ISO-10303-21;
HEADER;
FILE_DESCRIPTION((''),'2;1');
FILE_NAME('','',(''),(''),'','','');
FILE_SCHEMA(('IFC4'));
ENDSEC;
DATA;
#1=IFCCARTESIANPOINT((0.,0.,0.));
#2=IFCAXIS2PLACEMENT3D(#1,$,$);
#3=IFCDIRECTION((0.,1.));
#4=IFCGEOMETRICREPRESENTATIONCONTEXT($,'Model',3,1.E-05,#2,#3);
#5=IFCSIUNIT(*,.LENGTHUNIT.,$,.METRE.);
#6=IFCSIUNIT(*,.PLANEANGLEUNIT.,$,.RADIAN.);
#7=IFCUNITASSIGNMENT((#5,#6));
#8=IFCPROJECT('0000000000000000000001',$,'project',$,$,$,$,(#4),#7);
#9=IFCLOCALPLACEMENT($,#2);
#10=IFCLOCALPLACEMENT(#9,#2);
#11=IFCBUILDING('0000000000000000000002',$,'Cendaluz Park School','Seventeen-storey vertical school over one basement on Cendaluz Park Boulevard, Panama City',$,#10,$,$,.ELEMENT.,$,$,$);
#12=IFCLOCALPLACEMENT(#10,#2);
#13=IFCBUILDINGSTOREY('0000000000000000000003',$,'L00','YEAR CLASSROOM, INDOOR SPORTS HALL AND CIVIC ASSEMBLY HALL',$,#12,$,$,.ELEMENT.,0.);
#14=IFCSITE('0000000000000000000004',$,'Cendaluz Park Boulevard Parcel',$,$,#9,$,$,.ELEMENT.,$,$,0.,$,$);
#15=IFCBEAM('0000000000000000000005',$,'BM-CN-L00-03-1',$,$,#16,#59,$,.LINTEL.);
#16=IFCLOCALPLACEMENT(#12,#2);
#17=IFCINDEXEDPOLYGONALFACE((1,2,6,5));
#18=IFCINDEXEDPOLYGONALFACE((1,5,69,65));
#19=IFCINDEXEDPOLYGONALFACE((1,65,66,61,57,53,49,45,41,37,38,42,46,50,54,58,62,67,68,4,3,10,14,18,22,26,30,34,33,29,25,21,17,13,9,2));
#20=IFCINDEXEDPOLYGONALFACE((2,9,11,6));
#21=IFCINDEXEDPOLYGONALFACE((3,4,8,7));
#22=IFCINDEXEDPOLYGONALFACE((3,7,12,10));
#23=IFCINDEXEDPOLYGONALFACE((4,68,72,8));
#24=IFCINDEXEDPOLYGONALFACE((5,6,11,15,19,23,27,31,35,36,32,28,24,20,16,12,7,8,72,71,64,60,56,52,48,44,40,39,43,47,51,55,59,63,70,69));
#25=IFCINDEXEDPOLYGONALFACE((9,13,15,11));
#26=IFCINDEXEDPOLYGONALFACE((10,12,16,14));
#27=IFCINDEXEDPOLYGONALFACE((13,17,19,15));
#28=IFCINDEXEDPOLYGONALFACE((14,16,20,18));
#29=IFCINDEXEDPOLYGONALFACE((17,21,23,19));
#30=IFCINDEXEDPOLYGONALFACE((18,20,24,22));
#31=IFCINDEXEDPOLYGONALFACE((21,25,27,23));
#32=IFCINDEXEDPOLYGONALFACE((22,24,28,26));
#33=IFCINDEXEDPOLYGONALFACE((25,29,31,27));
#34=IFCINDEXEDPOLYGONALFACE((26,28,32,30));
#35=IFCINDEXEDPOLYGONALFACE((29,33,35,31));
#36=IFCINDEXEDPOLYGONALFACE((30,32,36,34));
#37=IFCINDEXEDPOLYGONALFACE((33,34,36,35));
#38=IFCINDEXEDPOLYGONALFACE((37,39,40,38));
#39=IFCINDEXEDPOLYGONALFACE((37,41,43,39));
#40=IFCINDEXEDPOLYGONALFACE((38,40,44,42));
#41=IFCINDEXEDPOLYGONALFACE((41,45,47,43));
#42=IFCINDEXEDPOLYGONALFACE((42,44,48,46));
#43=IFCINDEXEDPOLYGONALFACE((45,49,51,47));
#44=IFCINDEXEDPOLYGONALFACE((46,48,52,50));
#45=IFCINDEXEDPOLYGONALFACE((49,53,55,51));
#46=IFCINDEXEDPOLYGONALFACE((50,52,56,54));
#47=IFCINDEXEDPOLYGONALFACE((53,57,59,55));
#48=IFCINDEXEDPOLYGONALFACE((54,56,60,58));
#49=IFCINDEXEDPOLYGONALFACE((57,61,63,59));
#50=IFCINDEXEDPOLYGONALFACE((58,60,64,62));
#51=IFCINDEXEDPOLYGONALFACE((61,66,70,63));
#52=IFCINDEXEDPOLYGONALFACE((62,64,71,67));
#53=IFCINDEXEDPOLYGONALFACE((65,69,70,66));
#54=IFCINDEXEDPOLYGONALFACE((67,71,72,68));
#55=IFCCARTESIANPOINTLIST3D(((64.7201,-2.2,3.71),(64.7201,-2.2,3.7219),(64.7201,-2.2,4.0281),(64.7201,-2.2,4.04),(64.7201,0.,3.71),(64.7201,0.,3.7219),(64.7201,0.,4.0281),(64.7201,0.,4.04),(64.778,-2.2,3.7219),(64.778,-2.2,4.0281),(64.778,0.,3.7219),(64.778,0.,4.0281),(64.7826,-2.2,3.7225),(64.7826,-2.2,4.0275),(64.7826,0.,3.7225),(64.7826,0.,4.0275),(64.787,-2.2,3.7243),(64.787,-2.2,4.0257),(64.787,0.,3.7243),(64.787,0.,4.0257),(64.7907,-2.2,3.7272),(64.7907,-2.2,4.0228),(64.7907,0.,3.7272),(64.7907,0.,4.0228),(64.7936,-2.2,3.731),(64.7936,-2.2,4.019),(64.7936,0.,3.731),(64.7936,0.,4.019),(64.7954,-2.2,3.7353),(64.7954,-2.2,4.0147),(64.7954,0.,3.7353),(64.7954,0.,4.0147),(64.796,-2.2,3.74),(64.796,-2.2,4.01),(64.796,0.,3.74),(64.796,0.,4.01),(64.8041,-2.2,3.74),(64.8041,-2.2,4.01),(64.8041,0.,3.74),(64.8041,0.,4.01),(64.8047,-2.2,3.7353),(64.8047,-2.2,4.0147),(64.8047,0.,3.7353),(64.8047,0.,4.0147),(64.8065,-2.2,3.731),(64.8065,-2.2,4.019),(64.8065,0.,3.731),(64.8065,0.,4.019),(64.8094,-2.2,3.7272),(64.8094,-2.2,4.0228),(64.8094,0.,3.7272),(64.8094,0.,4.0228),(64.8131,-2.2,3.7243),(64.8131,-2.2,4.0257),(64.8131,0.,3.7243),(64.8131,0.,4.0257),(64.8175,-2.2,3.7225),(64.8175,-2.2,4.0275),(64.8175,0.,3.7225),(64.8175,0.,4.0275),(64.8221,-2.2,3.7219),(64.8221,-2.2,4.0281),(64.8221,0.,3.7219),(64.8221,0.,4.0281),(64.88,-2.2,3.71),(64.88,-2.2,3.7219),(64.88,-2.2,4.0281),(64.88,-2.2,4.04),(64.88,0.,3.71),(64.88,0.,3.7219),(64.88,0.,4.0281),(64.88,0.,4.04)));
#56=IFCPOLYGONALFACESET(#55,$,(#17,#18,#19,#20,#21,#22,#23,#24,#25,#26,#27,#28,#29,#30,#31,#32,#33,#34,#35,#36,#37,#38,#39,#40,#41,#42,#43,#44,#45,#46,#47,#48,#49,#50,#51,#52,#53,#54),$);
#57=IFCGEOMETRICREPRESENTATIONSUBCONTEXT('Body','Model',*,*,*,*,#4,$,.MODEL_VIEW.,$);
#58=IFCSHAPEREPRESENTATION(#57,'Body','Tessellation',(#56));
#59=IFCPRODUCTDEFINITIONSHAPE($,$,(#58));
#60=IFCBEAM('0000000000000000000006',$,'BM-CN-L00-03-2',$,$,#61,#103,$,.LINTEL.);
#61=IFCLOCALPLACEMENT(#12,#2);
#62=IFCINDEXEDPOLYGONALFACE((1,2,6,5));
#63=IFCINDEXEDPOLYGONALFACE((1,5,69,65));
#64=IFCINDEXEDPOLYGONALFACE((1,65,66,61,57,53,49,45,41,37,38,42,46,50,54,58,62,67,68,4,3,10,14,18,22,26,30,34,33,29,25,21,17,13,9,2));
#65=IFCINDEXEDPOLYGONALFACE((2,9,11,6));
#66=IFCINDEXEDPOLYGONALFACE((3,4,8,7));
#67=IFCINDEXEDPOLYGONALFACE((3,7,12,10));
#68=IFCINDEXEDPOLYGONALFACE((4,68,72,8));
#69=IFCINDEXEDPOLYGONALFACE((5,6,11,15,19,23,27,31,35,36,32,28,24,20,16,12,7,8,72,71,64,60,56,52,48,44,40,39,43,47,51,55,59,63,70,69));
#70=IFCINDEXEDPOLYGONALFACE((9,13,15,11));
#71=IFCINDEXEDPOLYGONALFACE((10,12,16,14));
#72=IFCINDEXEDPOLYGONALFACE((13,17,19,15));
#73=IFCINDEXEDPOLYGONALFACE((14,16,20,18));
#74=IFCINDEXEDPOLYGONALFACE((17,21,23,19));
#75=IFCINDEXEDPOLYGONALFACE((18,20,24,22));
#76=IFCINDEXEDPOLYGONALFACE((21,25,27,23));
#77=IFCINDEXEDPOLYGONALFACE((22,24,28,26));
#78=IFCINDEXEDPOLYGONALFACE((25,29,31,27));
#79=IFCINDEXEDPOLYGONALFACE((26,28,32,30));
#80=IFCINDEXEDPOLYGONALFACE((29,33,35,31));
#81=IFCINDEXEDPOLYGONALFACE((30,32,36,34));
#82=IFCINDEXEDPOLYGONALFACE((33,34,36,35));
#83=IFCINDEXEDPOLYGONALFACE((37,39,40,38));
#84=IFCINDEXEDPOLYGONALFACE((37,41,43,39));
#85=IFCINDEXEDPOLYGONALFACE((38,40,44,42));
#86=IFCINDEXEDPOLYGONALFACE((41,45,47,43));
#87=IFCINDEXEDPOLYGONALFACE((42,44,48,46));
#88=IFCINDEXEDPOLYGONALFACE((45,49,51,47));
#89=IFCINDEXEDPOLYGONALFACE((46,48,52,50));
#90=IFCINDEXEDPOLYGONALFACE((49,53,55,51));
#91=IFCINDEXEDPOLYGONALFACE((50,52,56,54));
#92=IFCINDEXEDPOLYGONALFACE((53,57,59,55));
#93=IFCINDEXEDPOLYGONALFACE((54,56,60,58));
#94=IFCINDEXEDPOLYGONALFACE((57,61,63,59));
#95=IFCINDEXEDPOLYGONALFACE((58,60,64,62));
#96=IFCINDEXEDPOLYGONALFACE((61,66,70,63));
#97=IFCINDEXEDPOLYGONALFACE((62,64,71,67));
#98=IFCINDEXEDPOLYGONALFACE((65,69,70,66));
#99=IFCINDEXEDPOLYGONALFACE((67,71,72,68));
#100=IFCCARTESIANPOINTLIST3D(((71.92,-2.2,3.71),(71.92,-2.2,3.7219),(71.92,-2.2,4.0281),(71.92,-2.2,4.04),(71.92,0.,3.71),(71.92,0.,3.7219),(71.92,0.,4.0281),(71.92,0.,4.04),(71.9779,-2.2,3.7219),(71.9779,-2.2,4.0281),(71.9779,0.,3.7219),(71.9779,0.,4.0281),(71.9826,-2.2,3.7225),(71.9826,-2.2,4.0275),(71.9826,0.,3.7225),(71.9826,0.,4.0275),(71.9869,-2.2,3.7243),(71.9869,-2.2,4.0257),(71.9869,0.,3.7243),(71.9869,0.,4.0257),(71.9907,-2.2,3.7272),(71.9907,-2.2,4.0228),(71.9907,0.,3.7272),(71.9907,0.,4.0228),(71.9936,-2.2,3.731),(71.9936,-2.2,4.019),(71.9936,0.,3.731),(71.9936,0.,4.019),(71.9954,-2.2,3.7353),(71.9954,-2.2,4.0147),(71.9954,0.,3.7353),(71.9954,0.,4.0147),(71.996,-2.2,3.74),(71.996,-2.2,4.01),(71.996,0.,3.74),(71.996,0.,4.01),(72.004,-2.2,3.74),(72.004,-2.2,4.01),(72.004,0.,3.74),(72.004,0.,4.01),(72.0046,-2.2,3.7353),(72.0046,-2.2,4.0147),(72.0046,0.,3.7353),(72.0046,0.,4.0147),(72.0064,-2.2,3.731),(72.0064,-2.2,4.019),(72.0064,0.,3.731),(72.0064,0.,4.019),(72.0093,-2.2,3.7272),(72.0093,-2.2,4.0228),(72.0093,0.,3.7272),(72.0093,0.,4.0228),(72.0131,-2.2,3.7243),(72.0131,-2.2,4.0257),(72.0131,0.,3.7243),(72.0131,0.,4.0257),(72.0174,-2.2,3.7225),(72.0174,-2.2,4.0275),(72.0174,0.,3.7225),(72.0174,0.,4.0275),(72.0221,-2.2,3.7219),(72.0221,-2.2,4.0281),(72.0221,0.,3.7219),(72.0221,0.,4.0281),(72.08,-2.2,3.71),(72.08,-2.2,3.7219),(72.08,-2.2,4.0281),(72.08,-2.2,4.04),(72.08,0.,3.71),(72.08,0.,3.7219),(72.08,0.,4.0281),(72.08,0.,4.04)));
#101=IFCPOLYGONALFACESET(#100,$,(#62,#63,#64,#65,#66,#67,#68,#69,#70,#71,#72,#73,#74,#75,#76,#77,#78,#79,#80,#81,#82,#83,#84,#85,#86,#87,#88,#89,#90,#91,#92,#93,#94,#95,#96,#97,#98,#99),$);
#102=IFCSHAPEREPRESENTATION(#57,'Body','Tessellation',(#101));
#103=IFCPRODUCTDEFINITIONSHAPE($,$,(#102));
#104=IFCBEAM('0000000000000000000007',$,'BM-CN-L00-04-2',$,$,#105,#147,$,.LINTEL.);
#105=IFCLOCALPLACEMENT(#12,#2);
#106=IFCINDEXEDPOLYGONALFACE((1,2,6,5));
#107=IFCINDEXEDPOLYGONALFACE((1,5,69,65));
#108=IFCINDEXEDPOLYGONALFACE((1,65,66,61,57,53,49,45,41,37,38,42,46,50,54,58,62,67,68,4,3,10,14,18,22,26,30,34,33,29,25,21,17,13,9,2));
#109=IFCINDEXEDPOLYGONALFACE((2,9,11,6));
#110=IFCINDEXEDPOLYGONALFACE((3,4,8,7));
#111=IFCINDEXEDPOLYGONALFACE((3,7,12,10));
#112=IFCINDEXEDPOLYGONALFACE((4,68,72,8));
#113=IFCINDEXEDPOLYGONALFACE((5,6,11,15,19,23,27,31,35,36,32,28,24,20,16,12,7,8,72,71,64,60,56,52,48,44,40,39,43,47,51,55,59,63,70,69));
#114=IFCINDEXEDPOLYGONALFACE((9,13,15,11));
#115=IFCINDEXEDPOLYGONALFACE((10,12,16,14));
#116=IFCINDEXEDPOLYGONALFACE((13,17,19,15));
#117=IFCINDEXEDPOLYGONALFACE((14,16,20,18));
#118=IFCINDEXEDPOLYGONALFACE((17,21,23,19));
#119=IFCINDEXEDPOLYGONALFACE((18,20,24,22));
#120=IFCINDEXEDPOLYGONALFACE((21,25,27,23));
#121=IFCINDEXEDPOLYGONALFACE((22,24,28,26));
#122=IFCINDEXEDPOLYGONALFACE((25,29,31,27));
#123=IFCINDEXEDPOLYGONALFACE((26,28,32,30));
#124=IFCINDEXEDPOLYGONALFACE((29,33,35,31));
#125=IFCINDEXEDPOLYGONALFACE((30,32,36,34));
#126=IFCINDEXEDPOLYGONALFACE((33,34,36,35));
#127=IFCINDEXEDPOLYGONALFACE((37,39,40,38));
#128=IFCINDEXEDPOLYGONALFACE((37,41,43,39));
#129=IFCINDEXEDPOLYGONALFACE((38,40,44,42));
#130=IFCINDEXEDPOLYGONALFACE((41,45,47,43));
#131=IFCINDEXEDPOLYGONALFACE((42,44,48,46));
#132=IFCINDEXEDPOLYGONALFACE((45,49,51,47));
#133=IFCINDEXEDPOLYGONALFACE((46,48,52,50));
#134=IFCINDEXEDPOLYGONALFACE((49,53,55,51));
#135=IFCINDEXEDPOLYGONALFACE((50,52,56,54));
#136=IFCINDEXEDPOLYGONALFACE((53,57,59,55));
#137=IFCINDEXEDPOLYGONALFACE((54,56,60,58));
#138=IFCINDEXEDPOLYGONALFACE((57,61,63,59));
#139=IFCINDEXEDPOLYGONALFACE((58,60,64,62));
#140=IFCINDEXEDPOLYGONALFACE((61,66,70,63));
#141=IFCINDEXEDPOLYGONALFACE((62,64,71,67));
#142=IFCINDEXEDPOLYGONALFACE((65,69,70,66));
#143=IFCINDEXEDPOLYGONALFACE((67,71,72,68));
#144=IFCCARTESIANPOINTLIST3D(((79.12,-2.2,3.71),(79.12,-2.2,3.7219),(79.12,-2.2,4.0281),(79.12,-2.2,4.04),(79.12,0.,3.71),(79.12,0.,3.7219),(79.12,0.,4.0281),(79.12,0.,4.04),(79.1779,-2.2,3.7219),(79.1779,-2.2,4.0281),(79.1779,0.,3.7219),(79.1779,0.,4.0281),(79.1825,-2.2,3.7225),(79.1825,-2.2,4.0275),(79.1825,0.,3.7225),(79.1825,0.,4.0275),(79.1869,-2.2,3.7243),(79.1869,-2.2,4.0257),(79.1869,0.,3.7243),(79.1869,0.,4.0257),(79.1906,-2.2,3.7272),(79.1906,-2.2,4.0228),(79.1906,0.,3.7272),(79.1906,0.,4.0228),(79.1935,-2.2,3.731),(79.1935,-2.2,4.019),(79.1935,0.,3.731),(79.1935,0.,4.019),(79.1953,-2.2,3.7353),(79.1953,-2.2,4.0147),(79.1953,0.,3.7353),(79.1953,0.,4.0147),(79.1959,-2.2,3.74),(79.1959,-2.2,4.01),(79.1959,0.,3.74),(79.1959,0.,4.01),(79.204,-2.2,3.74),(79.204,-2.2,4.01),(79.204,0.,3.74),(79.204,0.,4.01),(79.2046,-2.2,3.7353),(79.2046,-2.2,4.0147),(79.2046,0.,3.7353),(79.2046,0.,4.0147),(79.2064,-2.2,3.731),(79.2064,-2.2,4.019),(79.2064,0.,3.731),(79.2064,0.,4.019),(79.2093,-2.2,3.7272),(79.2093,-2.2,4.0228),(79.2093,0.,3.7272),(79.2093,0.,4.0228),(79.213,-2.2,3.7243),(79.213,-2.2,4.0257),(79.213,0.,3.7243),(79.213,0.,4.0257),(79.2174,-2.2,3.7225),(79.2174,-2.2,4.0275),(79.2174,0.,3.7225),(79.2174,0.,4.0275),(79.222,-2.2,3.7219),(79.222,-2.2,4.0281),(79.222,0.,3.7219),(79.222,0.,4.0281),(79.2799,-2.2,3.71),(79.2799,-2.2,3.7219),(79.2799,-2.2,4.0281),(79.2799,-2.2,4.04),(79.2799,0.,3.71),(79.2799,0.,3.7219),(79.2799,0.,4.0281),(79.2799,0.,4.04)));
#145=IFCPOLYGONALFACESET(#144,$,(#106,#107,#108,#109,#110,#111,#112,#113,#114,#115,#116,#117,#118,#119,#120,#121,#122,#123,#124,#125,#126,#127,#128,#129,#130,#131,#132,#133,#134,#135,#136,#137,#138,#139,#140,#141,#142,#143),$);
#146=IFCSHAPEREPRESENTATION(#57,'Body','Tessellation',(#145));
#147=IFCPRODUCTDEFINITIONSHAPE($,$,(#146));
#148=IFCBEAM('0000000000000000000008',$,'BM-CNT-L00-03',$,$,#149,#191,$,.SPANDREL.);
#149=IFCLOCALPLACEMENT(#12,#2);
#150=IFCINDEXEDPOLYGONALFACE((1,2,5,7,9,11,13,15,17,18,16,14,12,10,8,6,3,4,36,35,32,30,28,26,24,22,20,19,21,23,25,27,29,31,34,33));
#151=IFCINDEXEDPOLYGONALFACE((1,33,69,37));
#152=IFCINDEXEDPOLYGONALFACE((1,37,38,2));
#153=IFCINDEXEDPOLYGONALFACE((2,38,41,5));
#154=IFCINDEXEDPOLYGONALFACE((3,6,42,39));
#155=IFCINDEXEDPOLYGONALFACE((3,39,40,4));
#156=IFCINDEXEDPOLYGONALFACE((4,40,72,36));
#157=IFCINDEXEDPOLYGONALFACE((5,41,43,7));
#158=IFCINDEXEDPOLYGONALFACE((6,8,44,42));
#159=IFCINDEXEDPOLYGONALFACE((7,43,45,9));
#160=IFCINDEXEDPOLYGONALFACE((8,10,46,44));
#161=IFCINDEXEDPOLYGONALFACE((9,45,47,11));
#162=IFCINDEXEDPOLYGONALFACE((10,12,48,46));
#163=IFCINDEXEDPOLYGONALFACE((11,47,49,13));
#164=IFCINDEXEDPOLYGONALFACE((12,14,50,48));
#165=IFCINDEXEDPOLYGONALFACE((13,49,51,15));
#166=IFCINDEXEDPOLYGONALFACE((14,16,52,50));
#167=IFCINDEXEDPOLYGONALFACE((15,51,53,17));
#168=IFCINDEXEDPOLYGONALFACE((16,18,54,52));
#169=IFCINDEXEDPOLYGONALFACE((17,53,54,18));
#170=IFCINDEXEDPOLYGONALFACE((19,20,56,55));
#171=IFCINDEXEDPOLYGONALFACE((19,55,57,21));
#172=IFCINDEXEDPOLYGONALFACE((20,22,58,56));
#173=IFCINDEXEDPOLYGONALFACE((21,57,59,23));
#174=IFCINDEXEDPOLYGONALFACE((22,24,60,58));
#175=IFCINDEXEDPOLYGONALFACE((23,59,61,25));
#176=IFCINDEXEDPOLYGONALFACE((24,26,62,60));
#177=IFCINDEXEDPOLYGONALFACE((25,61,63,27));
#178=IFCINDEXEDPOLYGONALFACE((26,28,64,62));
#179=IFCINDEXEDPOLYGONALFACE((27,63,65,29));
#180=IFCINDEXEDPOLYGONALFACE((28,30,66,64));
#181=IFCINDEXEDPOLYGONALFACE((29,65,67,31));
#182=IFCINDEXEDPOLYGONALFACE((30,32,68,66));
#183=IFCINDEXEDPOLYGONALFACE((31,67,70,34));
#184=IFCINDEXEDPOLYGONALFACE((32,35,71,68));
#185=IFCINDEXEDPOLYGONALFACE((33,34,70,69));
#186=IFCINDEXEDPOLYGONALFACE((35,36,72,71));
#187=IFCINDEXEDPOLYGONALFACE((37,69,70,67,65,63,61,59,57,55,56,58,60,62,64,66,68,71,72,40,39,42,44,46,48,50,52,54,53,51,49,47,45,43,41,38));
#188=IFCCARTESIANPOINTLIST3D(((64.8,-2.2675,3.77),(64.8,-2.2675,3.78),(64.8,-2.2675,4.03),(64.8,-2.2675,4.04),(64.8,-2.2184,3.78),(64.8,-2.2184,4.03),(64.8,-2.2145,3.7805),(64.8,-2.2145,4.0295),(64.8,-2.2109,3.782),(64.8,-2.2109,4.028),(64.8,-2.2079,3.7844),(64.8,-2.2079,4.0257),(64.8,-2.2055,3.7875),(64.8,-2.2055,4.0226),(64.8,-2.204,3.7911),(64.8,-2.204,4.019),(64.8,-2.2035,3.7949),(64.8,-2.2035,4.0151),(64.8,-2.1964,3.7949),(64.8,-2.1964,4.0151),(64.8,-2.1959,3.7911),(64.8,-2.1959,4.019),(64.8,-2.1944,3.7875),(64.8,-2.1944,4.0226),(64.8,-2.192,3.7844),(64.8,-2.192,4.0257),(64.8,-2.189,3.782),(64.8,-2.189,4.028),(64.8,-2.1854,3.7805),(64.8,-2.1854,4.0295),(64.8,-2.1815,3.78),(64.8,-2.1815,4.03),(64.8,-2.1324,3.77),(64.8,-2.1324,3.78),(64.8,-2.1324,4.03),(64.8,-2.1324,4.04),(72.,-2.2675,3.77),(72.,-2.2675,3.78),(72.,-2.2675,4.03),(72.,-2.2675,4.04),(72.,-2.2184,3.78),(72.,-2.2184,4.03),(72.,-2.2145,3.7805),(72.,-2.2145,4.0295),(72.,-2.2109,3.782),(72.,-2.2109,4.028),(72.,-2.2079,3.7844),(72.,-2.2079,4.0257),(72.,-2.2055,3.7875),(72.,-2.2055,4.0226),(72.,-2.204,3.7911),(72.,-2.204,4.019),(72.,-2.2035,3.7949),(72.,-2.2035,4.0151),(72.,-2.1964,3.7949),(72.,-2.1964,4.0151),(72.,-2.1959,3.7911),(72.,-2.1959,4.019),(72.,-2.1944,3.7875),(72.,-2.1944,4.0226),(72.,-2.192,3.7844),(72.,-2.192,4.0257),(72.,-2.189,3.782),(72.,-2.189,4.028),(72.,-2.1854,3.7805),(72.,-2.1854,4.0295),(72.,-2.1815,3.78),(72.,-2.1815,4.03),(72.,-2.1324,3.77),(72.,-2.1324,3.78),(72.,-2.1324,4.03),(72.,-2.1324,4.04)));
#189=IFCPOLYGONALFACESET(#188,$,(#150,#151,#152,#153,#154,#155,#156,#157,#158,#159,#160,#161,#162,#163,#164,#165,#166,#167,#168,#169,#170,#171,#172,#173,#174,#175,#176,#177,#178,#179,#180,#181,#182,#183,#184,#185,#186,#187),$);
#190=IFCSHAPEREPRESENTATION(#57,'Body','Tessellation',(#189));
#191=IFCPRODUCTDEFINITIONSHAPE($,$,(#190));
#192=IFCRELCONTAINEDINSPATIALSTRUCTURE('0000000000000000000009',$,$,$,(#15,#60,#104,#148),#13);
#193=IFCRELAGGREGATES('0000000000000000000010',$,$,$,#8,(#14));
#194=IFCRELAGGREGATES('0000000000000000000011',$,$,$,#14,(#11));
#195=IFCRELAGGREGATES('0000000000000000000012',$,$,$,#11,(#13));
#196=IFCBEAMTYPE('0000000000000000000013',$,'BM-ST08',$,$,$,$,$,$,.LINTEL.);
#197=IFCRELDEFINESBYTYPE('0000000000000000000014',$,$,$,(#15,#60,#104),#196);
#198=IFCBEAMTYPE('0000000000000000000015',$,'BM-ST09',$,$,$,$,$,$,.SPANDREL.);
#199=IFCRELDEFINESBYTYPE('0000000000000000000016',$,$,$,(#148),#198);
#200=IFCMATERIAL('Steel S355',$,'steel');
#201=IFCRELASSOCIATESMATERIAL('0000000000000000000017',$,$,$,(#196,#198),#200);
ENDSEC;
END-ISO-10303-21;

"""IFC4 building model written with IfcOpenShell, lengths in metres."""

from ifc_helpers import new_model, si_unit, direction, frame, origin, origin_2d, place, context, subcontext, project, spatial, i_section, extrude, material, material_profile, profile_set, type_object, element, save


model = new_model("IFC4")

# Units and contexts
model_context = context("Model", 3, precision=1e-05, world=origin(), true_north=direction((0.0, 1.0)))
body_context = subcontext(model_context, "Body", "Model", "MODEL_VIEW")
ifc_project = project(units=[si_unit("LENGTHUNIT", "METRE"), si_unit("PLANEANGLEUNIT", "RADIAN")], contexts=[model_context])

# Site, building, storey
site_placement = place(None, origin())
site = spatial("IfcSite", under=ifc_project, at=site_placement, Name="Cendaluz Park Boulevard Parcel", CompositionType="ELEMENT", RefElevation=0.0)
building_placement = place(site_placement, origin())
building = spatial("IfcBuilding", under=site, at=building_placement, Name="Cendaluz Park School", Description="Seventeen-storey vertical school over one basement on Cendaluz Park Boulevard, Panama City", CompositionType="ELEMENT")
storey_placement = place(building_placement, origin())
storey = spatial("IfcBuildingStorey", under=building, at=storey_placement, Name="L00", Description="YEAR CLASSROOM, INDOOR SPORTS HALL AND CIVIC ASSEMBLY HALL", CompositionType="ELEMENT", Elevation=0.0)

# Beams
ifc_material_1 = material(Name="Steel S355", Category="steel")
ifc_material_profile_1 = material_profile(ifc_material_1, i_section(OverallWidth=0.1599, OverallDepth=0.3301, WebThickness=0.0081, FlangeThickness=0.012, FilletRadius=0.0181, at=origin_2d()), Name="IPE 330", Category="steel")
ifc_profile_set_1 = profile_set([ifc_material_profile_1], Name="Steel S355")
beam_type_1 = type_object("IfcBeamType", Name="BM-ST08", PredefinedType="LINTEL", material=ifc_profile_set_1)
for number, where, z_axis, x_axis, name in (
    (1, (64.8, 0.0, 3.875), (0.0, -1.0, 0.0), (1.0, 0.0, 0.0), "BM-CN-L00-03-1"),
    (2, (72.0, 0.0, 3.875), (0.0, -1.0, 0.0), (1.0, 0.0, 0.0), "BM-CN-L00-03-2"),
    (3, (79.2, 0.0, 3.875), (0.0, -1.0, 0.0), (1.0, 0.0, 0.0), "BM-CN-L00-04-2"),
):
    element("IfcBeam", number, at=place(storey_placement, frame(where, z_axis=z_axis, x_axis=x_axis)), inside=storey, type_object=beam_type_1, Name=name, PredefinedType="LINTEL", context=body_context, shape_type="SweptSolid", body=[
        extrude(i_section(OverallWidth=0.1599, OverallDepth=0.3301, WebThickness=0.0081, FlangeThickness=0.012, FilletRadius=0.0181, at=origin_2d()), origin(), (0.0, 0.0, 1.0), 2.2),
    ])
ifc_material_profile_2 = material_profile(ifc_material_1, i_section(OverallWidth=0.135, OverallDepth=0.27, WebThickness=0.0071, FlangeThickness=0.01, FilletRadius=0.0149, at=origin_2d()), Name="IPE 270", Category="steel")
ifc_profile_set_2 = profile_set([ifc_material_profile_2], Name="Steel S355")
beam_type_2 = type_object("IfcBeamType", Name="BM-ST09", PredefinedType="SPANDREL", material=ifc_profile_set_2)
for number, where, z_axis, x_axis, name in (
    (4, (64.8, -2.2, 3.905), (1.0, 0.0, 0.0), (0.0, 1.0, 0.0), "BM-CNT-L00-03"),
):
    element("IfcBeam", number, at=place(storey_placement, frame(where, z_axis=z_axis, x_axis=x_axis)), inside=storey, type_object=beam_type_2, Name=name, PredefinedType="SPANDREL", context=body_context, shape_type="SweptSolid", body=[
        extrude(i_section(OverallWidth=0.135, OverallDepth=0.27, WebThickness=0.0071, FlangeThickness=0.01, FilletRadius=0.0149, at=origin_2d()), origin(), (0.0, 0.0, 1.0), 7.2),
    ])

save(model, "model.ifc")
